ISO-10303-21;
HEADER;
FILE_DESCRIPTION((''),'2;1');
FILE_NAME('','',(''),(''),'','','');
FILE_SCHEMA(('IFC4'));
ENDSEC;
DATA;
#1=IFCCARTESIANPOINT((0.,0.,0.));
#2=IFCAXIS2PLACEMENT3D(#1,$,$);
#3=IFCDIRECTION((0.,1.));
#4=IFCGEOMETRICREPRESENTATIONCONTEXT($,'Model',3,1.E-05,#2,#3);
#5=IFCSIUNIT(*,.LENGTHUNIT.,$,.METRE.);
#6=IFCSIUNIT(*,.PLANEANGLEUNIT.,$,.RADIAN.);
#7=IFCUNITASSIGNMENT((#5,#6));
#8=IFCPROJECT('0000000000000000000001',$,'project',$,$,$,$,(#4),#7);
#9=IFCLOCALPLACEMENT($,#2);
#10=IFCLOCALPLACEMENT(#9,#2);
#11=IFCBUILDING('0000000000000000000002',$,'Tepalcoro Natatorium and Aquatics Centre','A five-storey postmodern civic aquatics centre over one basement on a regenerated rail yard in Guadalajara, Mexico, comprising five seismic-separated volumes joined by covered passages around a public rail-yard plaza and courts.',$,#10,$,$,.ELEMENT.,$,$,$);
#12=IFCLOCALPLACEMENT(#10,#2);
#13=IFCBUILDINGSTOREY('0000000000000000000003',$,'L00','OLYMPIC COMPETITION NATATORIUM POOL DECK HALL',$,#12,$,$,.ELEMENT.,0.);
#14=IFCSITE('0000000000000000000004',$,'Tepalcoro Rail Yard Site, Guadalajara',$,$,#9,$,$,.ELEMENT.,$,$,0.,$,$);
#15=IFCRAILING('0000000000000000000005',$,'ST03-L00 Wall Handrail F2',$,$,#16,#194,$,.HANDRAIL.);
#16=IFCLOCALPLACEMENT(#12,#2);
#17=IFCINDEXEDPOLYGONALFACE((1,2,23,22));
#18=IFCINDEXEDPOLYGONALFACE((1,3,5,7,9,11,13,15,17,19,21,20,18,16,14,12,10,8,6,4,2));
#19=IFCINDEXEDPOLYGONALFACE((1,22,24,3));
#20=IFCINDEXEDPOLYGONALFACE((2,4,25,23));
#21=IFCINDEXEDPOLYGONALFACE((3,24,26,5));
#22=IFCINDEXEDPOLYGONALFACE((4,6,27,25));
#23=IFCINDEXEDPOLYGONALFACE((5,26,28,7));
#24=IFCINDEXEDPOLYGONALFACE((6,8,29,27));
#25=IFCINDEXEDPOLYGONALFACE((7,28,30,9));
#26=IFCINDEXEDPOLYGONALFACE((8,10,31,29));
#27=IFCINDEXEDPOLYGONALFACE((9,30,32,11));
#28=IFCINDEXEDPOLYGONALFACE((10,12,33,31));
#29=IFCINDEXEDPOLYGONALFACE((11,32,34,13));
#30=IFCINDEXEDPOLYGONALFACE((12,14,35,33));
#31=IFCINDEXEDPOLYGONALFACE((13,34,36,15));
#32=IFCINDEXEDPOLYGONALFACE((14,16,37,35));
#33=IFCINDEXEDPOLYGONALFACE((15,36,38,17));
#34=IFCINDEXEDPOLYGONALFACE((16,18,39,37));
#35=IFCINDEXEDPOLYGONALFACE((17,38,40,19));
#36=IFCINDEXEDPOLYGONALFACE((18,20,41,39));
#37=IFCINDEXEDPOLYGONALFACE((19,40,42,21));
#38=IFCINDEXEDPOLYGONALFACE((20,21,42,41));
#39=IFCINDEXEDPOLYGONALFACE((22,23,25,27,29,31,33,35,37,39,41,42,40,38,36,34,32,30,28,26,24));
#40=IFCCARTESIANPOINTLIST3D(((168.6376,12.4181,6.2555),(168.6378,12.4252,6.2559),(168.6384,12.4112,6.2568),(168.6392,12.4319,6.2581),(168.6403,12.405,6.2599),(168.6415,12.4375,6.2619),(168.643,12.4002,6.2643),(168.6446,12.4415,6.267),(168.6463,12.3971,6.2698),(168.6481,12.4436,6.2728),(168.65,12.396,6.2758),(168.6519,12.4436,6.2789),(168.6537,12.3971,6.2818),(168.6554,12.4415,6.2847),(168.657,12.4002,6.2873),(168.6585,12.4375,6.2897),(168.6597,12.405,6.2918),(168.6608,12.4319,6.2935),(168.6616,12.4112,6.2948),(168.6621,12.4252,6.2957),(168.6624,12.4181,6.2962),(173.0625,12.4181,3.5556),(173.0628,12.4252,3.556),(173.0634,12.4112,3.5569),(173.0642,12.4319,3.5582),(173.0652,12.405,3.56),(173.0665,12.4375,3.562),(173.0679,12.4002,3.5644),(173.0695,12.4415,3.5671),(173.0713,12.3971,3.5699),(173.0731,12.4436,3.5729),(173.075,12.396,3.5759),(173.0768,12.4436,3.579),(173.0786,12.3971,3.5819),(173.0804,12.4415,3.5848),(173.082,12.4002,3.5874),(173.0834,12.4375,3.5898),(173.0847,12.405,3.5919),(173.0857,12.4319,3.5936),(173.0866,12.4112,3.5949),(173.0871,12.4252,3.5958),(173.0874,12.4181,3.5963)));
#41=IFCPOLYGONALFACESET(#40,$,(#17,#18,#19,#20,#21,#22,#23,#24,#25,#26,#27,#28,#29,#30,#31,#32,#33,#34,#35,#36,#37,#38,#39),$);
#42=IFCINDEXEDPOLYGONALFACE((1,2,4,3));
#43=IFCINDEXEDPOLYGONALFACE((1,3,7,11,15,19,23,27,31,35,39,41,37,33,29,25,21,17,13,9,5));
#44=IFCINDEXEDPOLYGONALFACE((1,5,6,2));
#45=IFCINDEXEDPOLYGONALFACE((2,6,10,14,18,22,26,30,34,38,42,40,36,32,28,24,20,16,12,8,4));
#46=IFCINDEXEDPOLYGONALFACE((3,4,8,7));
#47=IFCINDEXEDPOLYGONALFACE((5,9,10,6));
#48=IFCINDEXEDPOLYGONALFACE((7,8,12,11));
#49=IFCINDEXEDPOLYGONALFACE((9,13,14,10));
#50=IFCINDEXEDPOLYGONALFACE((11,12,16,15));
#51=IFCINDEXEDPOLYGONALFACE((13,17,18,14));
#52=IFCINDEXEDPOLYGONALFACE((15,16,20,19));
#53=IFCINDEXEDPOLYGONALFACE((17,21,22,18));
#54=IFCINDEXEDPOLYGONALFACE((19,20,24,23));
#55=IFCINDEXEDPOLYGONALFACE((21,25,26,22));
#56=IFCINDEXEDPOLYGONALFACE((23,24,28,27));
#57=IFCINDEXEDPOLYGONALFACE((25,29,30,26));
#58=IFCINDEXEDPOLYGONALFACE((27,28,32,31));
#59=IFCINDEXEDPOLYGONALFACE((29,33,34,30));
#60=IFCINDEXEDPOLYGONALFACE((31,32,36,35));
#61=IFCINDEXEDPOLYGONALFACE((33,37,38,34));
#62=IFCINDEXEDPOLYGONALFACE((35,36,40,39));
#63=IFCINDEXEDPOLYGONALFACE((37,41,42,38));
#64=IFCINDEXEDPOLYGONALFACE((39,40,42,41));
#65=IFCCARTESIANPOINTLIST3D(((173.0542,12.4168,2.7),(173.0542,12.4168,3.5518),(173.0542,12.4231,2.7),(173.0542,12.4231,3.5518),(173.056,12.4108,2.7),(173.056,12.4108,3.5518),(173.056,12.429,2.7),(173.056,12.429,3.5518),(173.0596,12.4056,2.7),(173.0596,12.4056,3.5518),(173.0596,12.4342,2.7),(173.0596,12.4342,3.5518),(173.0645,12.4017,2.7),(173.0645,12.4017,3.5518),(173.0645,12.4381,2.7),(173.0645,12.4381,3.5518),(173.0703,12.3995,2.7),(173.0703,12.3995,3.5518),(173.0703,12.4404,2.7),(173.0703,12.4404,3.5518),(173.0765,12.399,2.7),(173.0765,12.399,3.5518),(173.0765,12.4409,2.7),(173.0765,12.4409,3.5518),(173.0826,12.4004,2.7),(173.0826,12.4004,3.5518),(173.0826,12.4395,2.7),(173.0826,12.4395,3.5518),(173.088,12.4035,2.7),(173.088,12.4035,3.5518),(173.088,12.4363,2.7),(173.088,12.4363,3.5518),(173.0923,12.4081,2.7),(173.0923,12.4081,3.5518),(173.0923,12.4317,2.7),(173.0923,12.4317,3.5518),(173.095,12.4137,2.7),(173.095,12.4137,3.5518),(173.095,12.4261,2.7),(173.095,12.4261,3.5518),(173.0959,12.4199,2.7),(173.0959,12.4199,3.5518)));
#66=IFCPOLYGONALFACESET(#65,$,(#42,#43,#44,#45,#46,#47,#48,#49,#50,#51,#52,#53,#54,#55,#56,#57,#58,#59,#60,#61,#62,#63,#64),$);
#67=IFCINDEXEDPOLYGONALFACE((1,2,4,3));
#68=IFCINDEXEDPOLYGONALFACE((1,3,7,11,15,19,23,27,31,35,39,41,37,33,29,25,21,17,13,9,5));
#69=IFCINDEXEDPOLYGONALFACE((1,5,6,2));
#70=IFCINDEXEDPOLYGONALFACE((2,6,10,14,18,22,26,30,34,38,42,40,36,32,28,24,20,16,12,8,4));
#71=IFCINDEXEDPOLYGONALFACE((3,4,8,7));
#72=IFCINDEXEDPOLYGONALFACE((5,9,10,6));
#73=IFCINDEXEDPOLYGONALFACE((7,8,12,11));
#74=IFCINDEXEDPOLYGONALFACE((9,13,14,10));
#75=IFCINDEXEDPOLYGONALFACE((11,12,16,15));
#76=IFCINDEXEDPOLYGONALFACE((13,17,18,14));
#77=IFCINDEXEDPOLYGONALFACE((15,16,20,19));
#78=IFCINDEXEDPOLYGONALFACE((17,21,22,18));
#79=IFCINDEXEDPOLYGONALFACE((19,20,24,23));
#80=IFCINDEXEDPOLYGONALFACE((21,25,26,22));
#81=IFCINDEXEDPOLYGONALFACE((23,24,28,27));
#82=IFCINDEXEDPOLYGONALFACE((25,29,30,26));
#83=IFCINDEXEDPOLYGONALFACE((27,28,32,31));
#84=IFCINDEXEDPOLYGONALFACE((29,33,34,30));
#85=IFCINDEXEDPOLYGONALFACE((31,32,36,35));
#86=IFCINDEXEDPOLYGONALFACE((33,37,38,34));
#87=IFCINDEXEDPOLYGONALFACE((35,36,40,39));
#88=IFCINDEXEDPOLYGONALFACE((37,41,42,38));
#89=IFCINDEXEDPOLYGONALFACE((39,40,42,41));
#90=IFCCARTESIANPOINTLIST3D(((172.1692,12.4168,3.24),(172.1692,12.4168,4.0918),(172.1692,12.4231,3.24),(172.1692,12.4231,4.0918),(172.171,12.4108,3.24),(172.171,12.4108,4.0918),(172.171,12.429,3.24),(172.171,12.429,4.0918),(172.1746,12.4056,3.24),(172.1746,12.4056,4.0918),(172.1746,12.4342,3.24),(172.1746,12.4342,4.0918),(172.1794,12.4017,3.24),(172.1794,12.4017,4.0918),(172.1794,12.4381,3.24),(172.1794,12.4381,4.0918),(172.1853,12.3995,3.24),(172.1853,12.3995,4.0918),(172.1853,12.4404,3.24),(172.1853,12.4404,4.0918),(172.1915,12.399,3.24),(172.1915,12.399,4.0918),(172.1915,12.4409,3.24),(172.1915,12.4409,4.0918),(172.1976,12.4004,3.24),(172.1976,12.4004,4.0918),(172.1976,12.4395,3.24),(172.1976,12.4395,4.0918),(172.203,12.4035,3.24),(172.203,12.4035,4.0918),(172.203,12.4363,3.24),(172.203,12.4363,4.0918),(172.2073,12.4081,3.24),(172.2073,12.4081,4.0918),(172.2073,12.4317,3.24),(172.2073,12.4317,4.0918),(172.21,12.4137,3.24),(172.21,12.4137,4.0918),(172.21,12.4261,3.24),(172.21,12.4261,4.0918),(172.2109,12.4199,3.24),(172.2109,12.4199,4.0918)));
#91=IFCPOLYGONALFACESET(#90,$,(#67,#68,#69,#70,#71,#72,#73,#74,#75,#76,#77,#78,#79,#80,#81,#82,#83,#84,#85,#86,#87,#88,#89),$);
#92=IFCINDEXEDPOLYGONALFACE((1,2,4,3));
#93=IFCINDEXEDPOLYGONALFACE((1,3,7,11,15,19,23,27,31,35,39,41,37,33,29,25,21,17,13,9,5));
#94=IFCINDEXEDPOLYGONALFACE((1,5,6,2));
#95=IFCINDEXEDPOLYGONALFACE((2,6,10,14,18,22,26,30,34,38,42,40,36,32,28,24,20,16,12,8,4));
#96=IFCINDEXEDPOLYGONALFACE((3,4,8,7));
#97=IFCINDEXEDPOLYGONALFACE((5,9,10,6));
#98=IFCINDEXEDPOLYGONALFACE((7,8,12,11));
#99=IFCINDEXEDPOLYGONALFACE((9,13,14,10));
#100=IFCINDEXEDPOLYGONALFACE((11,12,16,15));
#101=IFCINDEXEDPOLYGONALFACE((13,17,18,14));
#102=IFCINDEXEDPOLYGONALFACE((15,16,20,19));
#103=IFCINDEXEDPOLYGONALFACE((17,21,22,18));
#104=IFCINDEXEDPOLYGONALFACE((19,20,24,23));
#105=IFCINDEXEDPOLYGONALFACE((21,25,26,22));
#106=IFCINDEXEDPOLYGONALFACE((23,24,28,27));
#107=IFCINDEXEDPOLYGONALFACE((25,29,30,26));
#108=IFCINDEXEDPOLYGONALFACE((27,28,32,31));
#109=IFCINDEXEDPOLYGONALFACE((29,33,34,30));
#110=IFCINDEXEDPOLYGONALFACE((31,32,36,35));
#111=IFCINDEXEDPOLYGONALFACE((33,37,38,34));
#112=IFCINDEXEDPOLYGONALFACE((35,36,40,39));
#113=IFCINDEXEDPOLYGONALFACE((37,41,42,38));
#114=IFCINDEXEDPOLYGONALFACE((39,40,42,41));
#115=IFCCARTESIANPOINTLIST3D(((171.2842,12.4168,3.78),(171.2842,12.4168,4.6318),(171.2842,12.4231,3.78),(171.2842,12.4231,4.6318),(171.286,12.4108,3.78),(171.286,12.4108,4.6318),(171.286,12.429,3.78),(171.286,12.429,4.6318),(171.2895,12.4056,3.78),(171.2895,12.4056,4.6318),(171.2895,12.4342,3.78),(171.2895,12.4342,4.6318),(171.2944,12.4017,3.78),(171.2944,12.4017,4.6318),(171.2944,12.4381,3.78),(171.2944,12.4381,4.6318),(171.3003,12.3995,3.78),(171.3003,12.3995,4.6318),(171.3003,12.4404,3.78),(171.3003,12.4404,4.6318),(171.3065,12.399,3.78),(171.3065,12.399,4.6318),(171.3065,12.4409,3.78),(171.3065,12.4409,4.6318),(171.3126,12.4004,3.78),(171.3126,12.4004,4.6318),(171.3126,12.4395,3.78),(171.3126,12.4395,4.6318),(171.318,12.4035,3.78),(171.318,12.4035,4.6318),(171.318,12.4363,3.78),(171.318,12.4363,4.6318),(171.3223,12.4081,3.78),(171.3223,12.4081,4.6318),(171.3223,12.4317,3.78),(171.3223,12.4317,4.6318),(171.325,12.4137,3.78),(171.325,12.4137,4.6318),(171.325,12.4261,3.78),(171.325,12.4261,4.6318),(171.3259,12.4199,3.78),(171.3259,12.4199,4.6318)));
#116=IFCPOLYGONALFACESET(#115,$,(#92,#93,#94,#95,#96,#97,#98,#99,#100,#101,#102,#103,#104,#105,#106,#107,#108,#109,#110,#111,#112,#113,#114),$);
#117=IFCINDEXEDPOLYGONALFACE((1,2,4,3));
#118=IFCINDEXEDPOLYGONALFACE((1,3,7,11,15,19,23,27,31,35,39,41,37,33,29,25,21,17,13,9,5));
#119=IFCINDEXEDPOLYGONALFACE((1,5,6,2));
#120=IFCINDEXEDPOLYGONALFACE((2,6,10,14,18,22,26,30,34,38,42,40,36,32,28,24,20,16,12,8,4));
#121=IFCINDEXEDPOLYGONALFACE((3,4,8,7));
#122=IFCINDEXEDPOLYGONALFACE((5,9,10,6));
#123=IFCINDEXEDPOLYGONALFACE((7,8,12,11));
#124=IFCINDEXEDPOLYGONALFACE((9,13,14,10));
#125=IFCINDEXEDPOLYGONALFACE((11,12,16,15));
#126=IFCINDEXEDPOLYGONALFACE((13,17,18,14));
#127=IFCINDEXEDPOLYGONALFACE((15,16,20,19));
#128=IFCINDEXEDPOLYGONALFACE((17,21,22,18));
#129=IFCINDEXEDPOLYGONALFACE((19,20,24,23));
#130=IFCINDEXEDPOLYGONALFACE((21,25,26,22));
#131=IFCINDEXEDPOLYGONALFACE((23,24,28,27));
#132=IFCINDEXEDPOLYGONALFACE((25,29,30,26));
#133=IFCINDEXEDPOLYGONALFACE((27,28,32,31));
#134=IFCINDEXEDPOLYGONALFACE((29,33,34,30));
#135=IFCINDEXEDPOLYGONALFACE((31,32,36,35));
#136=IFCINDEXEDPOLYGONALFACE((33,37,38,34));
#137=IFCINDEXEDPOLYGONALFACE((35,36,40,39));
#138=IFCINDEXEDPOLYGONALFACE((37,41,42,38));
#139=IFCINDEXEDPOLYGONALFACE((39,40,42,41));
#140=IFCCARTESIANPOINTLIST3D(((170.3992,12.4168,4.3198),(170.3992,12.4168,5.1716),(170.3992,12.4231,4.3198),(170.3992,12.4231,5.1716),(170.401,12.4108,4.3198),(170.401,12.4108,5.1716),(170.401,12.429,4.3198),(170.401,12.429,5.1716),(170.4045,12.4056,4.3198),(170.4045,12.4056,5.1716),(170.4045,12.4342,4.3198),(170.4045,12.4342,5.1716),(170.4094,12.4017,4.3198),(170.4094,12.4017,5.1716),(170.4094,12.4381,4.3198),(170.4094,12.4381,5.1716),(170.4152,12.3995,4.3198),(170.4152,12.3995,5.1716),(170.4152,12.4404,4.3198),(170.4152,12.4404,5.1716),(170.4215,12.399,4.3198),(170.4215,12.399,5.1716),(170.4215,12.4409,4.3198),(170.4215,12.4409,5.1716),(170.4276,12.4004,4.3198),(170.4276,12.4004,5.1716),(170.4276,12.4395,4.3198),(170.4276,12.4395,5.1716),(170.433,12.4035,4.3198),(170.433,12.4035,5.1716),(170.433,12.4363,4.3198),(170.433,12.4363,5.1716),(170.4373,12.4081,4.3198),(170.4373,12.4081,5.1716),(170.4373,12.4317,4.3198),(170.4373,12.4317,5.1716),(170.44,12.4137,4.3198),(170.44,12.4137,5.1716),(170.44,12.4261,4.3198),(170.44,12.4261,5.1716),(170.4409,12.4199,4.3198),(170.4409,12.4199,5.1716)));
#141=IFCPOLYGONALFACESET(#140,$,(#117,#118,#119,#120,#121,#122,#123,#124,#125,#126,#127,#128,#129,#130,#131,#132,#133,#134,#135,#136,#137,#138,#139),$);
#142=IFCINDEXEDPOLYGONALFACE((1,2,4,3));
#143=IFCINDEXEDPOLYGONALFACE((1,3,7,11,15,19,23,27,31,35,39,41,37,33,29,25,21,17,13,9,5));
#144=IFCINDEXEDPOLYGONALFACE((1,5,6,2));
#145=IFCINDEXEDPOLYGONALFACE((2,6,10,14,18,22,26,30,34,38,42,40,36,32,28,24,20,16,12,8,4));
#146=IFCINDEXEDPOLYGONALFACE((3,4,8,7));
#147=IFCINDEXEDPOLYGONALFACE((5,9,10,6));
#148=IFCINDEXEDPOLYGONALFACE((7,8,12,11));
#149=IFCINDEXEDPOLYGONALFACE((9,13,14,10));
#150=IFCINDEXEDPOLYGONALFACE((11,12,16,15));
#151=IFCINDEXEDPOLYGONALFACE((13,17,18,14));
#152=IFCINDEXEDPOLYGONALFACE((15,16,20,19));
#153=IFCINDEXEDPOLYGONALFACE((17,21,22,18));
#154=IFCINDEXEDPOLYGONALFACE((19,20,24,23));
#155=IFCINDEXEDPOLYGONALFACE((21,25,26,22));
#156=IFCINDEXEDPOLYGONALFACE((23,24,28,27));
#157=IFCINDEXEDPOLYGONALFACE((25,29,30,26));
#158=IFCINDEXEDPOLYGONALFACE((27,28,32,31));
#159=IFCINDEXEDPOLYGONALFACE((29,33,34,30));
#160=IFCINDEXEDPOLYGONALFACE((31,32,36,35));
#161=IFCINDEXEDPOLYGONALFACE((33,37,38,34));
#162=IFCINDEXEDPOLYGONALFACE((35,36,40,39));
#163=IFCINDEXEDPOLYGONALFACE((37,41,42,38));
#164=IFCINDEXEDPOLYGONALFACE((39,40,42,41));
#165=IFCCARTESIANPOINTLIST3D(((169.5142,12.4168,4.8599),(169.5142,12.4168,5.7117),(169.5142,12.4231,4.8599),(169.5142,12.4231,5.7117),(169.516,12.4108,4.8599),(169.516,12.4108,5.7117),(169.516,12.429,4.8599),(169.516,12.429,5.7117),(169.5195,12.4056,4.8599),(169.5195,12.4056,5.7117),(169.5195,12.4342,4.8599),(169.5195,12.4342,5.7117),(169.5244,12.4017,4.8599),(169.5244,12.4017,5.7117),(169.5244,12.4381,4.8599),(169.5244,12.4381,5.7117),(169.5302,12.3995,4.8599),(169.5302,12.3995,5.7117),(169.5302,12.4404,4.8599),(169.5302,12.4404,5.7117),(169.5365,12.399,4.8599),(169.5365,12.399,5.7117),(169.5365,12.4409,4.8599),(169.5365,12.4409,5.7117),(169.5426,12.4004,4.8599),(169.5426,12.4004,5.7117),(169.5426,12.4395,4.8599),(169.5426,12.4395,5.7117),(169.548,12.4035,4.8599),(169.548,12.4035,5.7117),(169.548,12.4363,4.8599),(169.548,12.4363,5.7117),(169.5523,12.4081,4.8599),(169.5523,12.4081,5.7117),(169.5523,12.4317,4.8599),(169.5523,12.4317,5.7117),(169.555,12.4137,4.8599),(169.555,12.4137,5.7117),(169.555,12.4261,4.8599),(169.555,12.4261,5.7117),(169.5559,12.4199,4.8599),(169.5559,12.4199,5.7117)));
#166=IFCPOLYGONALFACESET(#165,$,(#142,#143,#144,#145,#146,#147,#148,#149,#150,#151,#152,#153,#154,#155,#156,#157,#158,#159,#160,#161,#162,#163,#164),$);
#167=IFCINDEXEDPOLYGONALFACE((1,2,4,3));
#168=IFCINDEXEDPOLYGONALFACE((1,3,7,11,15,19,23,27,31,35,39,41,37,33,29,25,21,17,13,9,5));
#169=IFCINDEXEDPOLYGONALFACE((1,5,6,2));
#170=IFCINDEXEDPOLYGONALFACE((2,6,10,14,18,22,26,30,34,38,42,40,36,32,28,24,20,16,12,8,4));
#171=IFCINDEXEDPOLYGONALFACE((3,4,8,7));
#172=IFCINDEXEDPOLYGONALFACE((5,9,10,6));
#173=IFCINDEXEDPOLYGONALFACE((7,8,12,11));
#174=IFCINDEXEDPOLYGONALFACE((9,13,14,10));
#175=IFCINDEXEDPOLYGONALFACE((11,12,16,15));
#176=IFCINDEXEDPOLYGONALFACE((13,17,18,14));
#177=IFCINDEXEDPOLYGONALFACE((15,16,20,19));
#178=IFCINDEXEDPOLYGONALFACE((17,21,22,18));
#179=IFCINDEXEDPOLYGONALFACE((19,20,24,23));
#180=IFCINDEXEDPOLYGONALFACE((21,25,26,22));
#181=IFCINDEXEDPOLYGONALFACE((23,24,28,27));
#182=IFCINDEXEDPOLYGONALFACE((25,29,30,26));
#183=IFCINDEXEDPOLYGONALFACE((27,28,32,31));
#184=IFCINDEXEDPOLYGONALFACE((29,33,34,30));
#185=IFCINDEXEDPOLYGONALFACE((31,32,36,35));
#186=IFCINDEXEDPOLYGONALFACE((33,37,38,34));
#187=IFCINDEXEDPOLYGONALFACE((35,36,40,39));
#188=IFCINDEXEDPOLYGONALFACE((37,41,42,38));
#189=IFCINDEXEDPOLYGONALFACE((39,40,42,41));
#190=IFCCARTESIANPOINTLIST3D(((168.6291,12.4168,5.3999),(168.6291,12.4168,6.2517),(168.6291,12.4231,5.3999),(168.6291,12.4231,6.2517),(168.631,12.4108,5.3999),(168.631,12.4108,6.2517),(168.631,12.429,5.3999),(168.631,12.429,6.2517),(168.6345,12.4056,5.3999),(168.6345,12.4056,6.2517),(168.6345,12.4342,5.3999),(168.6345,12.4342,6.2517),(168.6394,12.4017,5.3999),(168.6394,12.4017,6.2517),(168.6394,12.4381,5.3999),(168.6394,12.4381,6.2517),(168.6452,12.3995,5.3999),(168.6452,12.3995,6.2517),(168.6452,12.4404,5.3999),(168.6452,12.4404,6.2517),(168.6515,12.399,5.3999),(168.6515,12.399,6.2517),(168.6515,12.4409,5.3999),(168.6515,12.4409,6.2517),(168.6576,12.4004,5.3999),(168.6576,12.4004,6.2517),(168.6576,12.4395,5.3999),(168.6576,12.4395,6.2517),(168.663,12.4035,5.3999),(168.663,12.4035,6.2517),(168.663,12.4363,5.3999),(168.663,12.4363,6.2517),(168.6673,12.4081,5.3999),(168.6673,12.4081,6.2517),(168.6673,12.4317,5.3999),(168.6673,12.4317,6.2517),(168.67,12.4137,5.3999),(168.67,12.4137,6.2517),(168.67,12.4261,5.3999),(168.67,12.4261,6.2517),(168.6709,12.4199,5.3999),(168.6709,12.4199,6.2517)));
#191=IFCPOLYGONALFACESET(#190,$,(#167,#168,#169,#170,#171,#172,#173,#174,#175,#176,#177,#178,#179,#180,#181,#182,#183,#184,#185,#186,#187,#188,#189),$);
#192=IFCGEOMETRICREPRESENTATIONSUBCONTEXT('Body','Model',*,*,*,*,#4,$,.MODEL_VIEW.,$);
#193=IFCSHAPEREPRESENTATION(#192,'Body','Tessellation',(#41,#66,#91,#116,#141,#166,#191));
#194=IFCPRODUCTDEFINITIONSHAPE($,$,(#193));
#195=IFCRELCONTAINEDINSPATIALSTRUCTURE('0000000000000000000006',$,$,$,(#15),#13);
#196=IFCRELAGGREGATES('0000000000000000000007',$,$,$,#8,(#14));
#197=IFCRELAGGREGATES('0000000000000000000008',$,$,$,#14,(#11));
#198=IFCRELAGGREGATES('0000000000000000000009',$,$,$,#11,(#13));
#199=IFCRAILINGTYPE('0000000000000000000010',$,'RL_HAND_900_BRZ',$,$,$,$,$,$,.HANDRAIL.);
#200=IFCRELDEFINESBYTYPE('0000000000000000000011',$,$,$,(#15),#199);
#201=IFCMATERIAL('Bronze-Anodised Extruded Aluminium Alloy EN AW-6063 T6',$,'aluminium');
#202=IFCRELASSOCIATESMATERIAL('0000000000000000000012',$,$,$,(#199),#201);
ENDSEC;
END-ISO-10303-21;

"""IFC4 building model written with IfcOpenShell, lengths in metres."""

from ifc_helpers import new_model, si_unit, direction, frame, origin, origin_2d, place, context, subcontext, project, spatial, circle, extrude, material, type_object, element, save


model = new_model("IFC4")

# Units and contexts
model_context = context("Model", 3, precision=1e-05, world=origin(), true_north=direction((0.0, 1.0)))
body_context = subcontext(model_context, "Body", "Model", "MODEL_VIEW")
ifc_project = project(units=[si_unit("LENGTHUNIT", "METRE"), si_unit("PLANEANGLEUNIT", "RADIAN")], contexts=[model_context])

# Site, building, storey
site_placement = place(None, origin())
site = spatial("IfcSite", under=ifc_project, at=site_placement, Name="Tepalcoro Rail Yard Site, Guadalajara", CompositionType="ELEMENT", RefElevation=0.0)
building_placement = place(site_placement, origin())
building = spatial("IfcBuilding", under=site, at=building_placement, Name="Tepalcoro Natatorium and Aquatics Centre", Description="A five-storey postmodern civic aquatics centre over one basement on a regenerated rail yard in Guadalajara, Mexico, comprising five seismic-separated volumes joined by covered passages around a public rail-yard plaza and courts.", CompositionType="ELEMENT")
storey_placement = place(building_placement, origin())
storey = spatial("IfcBuildingStorey", under=building, at=storey_placement, Name="L00", Description="OLYMPIC COMPETITION NATATORIUM POOL DECK HALL", CompositionType="ELEMENT", Elevation=0.0)

# Shared definitions
ifc_material_1 = material(Name="Bronze-Anodised Extruded Aluminium Alloy EN AW-6063 T6", Category="aluminium")

# Railing
railing_type_1 = type_object("IfcRailingType", Name="RL_HAND_900_BRZ", PredefinedType="HANDRAIL", material=ifc_material_1)
railing_1_placement = place(storey_placement, frame((173.075, 12.4199, 2.7)))
element("IfcRailing", 1, at=railing_1_placement, inside=storey, type_object=railing_type_1, Name="ST03-L00 Wall Handrail F2", PredefinedType="HANDRAIL", context=body_context, shape_type="SweptSolid", body=[
    extrude(circle(Radius=0.0239, at=origin_2d()), frame((0.0, 0.0, 0.876), z_axis=(-0.853646, 0.0, 0.520854), x_axis=(0.0, -1.0, 0.0)), (0.0, 0.0, 1.0), 5.1836),
    extrude(circle(Radius=0.021, at=origin_2d()), origin(), (0.0, 0.0, 1.0), 0.8518),
    extrude(circle(Radius=0.021, at=origin_2d()), frame((-0.885, 0.0, 0.54)), (0.0, 0.0, 1.0), 0.8518),
    extrude(circle(Radius=0.021, at=origin_2d()), frame((-1.77, 0.0, 1.0801)), (0.0, 0.0, 1.0), 0.8518),
    extrude(circle(Radius=0.021, at=origin_2d()), frame((-2.655, 0.0, 1.6199)), (0.0, 0.0, 1.0), 0.8518),
    extrude(circle(Radius=0.021, at=origin_2d()), frame((-3.54, 0.0, 2.1599)), (0.0, 0.0, 1.0), 0.8518),
    extrude(circle(Radius=0.021, at=origin_2d()), frame((-4.425, 0.0, 2.7)), (0.0, 0.0, 1.0), 0.8518),
])

save(model, "model.ifc")
